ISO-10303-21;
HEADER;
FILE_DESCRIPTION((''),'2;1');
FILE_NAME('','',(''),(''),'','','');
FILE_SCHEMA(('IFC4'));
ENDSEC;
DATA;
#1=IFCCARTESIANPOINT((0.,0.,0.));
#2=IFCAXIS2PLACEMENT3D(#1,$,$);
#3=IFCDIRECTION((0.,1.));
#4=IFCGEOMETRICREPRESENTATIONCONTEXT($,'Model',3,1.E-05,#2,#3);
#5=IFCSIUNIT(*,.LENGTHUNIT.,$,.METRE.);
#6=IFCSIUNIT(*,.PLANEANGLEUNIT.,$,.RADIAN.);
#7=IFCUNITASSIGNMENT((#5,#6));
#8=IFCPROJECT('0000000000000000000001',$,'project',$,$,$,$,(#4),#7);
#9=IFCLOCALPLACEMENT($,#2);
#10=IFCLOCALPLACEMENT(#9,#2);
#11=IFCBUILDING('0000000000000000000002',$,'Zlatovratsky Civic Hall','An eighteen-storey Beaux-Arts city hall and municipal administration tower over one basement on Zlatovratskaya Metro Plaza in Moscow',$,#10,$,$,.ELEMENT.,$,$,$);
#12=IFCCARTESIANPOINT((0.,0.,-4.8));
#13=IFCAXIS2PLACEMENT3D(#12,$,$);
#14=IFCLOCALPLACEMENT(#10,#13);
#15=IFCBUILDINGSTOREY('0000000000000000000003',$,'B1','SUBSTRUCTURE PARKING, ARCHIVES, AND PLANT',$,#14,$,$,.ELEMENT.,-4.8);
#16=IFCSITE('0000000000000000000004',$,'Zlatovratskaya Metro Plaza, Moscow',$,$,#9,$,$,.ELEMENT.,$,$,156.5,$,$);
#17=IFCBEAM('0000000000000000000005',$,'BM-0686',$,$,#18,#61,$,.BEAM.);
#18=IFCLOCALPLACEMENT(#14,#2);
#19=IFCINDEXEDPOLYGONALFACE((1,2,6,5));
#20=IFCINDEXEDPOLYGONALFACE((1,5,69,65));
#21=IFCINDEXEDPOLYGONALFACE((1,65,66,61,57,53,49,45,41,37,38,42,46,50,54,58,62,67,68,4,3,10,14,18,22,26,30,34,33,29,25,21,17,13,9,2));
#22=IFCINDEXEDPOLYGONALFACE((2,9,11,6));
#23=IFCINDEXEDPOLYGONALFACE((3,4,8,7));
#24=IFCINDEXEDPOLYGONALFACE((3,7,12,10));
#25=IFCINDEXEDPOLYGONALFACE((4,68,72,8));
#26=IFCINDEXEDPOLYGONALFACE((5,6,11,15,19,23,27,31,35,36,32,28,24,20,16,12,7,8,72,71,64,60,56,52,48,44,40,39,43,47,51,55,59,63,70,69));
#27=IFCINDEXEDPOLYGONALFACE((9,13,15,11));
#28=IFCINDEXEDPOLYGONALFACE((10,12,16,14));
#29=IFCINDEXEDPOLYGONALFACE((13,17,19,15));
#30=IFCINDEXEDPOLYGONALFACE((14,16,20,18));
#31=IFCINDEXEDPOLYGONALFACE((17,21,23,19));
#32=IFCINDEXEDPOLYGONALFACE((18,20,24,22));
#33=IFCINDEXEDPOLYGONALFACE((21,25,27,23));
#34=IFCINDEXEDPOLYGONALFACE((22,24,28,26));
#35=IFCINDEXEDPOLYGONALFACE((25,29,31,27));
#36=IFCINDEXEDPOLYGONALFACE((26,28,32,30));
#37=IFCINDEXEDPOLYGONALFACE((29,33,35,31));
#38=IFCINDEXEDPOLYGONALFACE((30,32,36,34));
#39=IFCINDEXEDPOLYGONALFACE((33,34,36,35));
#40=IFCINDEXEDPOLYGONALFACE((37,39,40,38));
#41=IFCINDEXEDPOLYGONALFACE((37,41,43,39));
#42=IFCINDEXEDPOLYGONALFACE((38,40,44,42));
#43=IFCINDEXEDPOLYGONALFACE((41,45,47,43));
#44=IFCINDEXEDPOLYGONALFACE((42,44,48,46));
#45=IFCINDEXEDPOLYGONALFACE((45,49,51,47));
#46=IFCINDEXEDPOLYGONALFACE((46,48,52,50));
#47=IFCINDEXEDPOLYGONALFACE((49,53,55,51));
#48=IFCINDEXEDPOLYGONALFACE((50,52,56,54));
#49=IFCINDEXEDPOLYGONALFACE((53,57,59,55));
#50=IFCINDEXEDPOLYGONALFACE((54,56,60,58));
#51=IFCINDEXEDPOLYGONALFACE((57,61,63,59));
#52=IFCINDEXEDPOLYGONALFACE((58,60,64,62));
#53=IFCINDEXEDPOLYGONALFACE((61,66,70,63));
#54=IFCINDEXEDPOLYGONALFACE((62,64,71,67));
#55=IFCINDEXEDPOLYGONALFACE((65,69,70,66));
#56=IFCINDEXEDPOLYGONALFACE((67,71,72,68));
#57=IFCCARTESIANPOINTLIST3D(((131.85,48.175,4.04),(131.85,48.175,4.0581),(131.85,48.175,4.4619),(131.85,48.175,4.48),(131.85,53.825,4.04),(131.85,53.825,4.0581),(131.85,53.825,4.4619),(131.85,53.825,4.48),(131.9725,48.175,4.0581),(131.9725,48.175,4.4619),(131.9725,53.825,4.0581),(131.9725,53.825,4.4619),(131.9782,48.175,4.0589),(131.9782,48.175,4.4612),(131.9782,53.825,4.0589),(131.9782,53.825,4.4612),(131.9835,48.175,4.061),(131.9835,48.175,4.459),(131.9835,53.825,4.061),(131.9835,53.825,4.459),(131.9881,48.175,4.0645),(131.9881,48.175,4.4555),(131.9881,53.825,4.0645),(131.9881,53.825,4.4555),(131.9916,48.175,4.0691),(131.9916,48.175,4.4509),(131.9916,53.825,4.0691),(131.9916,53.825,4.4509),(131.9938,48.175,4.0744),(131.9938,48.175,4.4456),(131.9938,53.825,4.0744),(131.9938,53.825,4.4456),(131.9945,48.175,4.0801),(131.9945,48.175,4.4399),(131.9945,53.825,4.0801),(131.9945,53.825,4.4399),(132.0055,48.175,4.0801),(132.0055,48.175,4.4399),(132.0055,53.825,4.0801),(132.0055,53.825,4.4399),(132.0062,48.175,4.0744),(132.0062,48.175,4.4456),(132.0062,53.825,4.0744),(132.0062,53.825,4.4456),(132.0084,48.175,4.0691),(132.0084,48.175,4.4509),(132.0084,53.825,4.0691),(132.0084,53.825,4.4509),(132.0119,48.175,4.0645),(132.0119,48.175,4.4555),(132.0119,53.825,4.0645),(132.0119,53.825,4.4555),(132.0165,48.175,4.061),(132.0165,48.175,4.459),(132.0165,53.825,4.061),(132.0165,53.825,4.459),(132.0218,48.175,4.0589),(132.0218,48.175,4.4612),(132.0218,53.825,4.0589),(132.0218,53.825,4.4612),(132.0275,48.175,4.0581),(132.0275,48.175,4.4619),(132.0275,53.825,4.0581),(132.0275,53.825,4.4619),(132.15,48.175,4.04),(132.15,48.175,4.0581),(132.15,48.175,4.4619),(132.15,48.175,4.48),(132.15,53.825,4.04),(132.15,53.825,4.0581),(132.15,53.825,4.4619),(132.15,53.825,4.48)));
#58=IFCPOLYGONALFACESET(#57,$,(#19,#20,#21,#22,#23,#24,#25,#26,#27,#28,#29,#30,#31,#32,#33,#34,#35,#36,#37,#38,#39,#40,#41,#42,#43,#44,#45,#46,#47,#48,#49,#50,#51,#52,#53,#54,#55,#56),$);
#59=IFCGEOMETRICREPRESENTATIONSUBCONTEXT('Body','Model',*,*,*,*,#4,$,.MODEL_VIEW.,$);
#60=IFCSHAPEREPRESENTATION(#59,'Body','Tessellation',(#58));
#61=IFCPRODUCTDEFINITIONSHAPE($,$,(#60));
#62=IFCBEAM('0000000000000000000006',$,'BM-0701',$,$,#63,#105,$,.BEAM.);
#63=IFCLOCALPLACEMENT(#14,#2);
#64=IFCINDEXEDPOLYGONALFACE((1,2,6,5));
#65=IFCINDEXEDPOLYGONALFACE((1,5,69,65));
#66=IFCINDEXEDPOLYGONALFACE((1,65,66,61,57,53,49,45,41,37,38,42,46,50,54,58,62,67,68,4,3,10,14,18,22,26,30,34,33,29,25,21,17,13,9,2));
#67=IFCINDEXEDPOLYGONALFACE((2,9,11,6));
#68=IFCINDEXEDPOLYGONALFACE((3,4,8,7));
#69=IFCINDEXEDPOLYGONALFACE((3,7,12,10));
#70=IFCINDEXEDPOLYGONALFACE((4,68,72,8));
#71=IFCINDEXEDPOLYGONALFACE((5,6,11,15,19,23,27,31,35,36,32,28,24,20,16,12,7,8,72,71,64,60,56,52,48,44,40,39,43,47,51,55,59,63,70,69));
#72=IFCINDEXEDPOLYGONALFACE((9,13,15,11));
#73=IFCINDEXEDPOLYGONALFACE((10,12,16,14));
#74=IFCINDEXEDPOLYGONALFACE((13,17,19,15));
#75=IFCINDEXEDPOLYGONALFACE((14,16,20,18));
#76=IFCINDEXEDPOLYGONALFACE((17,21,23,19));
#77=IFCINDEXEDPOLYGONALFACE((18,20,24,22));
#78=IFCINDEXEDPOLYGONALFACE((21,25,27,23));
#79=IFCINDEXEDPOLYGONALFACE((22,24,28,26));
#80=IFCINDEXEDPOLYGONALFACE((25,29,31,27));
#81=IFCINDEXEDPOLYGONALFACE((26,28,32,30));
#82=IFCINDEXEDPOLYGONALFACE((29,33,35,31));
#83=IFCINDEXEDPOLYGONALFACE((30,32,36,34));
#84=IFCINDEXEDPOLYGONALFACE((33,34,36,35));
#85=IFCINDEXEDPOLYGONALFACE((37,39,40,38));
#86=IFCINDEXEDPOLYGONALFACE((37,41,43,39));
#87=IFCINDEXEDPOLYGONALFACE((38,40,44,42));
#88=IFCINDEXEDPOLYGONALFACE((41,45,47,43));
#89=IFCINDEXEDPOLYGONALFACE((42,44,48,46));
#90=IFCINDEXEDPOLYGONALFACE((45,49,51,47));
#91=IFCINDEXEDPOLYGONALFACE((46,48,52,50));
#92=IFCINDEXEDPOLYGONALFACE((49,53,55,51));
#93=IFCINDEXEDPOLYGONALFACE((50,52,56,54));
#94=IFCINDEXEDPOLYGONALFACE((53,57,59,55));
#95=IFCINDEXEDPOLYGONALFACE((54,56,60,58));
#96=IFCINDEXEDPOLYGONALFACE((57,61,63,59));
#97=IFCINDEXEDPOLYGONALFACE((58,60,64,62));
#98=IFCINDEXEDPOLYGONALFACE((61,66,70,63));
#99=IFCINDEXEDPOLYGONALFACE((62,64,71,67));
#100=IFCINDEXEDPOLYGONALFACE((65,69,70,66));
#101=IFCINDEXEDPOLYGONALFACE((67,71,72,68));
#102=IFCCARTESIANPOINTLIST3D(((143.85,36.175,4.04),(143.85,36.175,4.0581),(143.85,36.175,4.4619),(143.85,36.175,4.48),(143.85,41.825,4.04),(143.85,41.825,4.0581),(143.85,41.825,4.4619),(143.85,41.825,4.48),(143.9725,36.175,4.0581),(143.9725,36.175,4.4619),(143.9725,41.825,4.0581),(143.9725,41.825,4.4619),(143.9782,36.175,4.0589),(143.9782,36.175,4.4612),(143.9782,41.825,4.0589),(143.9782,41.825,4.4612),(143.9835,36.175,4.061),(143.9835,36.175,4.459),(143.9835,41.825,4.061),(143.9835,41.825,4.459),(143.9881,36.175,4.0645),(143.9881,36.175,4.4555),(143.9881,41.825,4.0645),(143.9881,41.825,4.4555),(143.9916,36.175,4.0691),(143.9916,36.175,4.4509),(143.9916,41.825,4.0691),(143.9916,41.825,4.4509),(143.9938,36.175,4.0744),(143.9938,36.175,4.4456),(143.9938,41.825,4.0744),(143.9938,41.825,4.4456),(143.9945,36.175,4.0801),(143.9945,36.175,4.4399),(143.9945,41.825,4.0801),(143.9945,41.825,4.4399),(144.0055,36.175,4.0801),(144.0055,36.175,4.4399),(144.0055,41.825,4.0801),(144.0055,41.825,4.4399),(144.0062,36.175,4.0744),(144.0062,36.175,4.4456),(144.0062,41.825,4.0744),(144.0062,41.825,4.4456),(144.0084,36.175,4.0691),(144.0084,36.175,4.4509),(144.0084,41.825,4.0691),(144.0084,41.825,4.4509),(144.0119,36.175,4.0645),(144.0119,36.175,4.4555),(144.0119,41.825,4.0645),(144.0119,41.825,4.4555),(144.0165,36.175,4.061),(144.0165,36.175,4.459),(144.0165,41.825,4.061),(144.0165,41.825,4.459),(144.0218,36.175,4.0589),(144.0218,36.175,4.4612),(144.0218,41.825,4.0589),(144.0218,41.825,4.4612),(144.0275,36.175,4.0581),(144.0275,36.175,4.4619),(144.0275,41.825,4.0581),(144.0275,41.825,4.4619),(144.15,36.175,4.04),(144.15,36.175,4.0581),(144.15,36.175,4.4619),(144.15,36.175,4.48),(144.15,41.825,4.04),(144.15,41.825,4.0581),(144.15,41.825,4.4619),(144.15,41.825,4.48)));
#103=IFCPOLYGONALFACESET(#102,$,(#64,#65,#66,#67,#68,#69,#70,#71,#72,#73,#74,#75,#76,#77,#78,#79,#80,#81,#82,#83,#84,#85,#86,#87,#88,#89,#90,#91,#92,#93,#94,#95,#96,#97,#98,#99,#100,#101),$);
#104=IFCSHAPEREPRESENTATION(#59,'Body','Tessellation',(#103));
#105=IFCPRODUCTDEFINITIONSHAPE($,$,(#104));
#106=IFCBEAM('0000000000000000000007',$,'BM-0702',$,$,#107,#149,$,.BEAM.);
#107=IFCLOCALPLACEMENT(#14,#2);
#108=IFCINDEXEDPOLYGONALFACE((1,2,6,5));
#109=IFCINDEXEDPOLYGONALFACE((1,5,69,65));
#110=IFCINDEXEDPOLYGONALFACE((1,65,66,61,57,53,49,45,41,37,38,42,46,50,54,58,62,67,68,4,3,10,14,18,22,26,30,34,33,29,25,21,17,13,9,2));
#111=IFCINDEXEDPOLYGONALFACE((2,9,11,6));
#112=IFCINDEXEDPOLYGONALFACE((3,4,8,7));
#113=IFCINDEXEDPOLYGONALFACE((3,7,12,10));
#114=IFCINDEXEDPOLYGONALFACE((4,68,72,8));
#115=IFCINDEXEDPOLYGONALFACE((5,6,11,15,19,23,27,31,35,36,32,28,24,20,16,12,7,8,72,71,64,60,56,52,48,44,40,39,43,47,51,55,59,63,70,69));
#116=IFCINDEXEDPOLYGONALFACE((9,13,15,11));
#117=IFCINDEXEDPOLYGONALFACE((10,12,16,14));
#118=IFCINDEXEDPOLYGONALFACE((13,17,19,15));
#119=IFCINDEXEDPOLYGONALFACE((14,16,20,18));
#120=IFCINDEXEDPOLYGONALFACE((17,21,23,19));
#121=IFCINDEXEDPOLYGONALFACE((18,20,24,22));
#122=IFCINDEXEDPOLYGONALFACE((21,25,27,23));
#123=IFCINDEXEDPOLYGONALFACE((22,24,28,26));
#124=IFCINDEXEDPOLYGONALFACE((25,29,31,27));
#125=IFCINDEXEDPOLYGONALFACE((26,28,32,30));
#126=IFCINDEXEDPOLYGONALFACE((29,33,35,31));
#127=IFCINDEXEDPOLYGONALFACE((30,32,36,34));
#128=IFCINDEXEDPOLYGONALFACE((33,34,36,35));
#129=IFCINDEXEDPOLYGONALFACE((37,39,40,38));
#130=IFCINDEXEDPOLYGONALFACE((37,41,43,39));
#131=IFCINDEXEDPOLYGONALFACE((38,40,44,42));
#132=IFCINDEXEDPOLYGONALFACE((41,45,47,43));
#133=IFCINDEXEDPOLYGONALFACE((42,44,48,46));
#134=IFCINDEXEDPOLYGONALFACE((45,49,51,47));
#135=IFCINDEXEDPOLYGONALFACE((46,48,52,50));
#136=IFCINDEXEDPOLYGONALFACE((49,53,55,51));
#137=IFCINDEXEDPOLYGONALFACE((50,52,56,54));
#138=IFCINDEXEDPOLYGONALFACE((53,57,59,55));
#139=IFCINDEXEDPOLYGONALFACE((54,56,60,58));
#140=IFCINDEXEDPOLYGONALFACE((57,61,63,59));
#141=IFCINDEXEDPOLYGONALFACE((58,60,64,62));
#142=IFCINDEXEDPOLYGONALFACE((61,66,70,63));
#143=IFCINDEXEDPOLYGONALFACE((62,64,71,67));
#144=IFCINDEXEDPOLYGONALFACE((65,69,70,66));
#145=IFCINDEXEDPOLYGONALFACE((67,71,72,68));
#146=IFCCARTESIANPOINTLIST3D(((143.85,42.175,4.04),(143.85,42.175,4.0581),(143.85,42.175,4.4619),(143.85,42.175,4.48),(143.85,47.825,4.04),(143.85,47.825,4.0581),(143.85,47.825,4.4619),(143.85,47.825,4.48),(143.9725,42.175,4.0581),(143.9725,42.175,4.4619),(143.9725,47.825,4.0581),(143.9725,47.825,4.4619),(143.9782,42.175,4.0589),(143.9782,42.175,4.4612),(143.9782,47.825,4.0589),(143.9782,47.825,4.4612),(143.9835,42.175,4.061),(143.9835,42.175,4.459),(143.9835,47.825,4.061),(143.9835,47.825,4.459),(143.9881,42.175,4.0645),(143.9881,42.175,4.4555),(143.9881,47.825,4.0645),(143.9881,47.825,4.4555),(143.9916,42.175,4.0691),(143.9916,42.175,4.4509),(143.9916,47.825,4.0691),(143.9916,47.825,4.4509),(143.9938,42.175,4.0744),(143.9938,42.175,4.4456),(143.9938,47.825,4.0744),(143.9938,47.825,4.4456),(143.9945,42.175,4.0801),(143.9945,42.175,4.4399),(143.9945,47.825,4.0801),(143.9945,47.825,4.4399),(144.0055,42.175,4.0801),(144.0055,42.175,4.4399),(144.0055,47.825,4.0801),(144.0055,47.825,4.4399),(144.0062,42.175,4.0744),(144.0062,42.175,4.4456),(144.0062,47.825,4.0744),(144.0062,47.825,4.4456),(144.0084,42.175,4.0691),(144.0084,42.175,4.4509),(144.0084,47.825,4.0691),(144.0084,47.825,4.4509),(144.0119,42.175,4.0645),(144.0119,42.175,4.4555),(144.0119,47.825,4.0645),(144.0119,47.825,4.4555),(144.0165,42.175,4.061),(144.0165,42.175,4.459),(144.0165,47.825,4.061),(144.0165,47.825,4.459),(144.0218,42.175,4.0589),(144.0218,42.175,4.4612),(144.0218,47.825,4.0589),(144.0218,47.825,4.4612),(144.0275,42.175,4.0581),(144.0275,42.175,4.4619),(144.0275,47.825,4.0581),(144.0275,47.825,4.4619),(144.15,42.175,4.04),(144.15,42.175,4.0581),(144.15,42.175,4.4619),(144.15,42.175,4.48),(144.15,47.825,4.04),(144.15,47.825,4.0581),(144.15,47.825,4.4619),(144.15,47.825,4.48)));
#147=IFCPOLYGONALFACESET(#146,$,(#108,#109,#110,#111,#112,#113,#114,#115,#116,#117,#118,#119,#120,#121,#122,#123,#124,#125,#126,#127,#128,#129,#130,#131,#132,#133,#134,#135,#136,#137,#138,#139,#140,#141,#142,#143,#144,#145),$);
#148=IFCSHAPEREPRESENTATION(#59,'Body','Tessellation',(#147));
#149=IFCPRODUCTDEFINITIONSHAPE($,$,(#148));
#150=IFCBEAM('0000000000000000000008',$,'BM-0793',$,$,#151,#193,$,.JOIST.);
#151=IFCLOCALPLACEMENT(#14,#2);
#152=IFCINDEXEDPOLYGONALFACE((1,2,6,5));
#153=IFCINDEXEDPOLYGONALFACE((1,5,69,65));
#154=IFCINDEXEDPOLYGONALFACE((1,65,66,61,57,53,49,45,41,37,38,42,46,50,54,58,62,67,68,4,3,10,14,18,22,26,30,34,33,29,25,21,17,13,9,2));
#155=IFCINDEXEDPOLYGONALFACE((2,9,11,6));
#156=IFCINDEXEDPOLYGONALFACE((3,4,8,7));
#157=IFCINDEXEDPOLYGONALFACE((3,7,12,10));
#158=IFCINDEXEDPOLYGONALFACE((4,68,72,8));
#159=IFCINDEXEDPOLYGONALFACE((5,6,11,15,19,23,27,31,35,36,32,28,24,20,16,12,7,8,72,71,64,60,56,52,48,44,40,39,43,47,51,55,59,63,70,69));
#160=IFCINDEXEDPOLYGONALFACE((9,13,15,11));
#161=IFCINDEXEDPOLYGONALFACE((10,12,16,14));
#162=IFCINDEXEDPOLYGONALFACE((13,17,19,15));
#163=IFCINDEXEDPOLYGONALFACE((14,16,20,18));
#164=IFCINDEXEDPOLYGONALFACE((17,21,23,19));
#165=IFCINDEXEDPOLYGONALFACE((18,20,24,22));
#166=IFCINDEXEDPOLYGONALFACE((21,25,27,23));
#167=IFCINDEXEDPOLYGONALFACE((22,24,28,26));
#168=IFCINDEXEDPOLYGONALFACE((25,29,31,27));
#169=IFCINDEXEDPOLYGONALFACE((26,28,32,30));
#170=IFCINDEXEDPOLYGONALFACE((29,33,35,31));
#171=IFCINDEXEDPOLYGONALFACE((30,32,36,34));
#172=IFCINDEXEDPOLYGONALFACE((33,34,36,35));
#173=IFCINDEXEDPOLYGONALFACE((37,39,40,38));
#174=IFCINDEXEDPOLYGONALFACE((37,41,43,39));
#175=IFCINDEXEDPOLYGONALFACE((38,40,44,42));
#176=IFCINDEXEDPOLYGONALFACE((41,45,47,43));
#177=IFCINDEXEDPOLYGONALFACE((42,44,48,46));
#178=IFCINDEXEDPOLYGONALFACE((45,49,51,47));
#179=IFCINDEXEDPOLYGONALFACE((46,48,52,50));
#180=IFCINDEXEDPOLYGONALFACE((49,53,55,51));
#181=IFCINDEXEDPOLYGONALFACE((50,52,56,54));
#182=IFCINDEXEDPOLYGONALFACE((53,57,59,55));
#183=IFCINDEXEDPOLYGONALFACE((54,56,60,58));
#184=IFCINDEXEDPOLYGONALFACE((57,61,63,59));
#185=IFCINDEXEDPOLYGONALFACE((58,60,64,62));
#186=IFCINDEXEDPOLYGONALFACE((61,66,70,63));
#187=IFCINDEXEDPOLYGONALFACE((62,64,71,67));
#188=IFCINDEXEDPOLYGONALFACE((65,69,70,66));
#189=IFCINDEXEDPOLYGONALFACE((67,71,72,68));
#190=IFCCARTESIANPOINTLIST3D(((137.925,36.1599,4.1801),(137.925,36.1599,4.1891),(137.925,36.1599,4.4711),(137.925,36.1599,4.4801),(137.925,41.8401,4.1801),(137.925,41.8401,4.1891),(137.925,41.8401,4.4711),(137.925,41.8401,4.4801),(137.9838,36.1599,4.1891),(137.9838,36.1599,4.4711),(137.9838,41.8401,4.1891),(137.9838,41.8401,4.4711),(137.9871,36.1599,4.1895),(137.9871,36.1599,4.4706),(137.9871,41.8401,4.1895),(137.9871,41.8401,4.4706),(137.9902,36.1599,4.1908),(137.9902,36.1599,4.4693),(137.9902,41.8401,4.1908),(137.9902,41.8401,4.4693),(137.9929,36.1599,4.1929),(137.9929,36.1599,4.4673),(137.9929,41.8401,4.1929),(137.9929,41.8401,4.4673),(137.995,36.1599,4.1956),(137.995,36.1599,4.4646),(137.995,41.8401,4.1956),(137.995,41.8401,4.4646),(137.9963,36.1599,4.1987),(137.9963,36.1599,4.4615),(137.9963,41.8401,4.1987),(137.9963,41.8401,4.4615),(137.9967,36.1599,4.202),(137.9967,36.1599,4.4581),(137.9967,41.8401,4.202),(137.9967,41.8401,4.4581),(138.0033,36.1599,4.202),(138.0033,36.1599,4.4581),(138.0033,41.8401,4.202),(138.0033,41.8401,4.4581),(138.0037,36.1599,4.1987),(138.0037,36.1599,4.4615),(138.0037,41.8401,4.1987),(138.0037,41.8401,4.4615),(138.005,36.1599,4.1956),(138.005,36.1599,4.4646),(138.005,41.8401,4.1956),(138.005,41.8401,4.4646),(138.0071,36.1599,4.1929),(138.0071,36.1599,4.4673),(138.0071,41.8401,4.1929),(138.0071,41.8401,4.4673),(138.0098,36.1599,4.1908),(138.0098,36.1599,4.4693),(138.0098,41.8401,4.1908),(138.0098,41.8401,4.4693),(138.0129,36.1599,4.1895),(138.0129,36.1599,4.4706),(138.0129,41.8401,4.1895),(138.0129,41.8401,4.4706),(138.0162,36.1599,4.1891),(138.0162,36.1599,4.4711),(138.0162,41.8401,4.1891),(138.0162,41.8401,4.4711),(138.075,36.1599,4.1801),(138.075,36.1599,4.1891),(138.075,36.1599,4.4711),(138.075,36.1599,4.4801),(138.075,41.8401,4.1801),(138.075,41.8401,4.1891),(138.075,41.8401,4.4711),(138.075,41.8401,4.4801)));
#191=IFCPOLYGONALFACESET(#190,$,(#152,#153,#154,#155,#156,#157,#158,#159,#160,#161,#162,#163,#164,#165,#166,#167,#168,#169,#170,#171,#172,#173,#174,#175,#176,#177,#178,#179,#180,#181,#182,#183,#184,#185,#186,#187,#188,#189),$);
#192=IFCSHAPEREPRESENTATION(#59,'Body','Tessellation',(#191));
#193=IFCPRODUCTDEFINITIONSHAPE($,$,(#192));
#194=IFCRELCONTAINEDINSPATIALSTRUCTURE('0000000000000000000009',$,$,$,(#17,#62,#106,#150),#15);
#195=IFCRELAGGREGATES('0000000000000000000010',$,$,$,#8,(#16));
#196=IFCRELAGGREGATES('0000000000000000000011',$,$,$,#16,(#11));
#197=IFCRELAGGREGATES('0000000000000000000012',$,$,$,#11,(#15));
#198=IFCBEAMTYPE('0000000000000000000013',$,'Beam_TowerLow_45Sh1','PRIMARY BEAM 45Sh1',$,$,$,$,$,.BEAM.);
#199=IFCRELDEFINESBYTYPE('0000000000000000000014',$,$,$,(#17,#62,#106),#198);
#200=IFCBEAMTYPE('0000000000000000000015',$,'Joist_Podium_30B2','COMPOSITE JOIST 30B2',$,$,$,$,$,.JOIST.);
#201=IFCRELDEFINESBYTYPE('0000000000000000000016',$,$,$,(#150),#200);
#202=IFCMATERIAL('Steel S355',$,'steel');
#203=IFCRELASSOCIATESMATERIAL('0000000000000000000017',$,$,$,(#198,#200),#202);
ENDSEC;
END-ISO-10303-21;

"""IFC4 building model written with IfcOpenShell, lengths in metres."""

from ifc_helpers import new_model, si_unit, direction, frame, origin, origin_2d, place, context, subcontext, project, spatial, i_section, extrude, material, material_profile, profile_set, type_object, element, save


model = new_model("IFC4")

# Units and contexts
model_context = context("Model", 3, precision=1e-05, world=origin(), true_north=direction((0.0, 1.0)))
body_context = subcontext(model_context, "Body", "Model", "MODEL_VIEW")
ifc_project = project(units=[si_unit("LENGTHUNIT", "METRE"), si_unit("PLANEANGLEUNIT", "RADIAN")], contexts=[model_context])

# Site, building, storey
site_placement = place(None, origin())
site = spatial("IfcSite", under=ifc_project, at=site_placement, Name="Zlatovratskaya Metro Plaza, Moscow", CompositionType="ELEMENT", RefElevation=156.5)
building_placement = place(site_placement, origin())
building = spatial("IfcBuilding", under=site, at=building_placement, Name="Zlatovratsky Civic Hall", Description="An eighteen-storey Beaux-Arts city hall and municipal administration tower over one basement on Zlatovratskaya Metro Plaza in Moscow", CompositionType="ELEMENT")
storey_placement = place(building_placement, frame((0.0, 0.0, -4.8)))
storey = spatial("IfcBuildingStorey", under=building, at=storey_placement, Name="B1", Description="SUBSTRUCTURE PARKING, ARCHIVES, AND PLANT", CompositionType="ELEMENT", Elevation=-4.8)

# Shared definitions
ifc_material_1 = material(Name="Steel S355", Category="steel")

# Beams
ifc_material_profile_1 = material_profile(ifc_material_1, i_section(OverallWidth=0.3, OverallDepth=0.4399, WebThickness=0.011, FlangeThickness=0.0181, FilletRadius=0.022, at=origin_2d()), Name="45Sh1")
ifc_profile_set_1 = profile_set([ifc_material_profile_1], Name="Steel S355")
beam_type_1 = type_object("IfcBeamType", Name="Beam_TowerLow_45Sh1", Description="PRIMARY BEAM 45Sh1", PredefinedType="BEAM", material=ifc_profile_set_1)
for number, where, z_axis, x_axis, name in (
    (1, (132.0, 48.175, 4.26), (0.0, 1.0, 0.0), (-1.0, 0.0, 0.0), "BM-0686"),
    (2, (144.0, 36.175, 4.26), (0.0, 1.0, 0.0), (-1.0, 0.0, 0.0), "BM-0701"),
    (3, (144.0, 42.175, 4.26), (0.0, 1.0, 0.0), (-1.0, 0.0, 0.0), "BM-0702"),
):
    element("IfcBeam", number, at=place(storey_placement, frame(where, z_axis=z_axis, x_axis=x_axis)), inside=storey, type_object=beam_type_1, Name=name, PredefinedType="BEAM", context=body_context, shape_type="SweptSolid", body=[
        extrude(i_section(OverallWidth=0.3, OverallDepth=0.4399, WebThickness=0.011, FlangeThickness=0.0181, FilletRadius=0.022, at=origin_2d()), origin(), (0.0, 0.0, 1.0), 5.6499),
    ])
ifc_material_profile_2 = material_profile(ifc_material_1, i_section(OverallWidth=0.1499, OverallDepth=0.3, WebThickness=0.0066, FlangeThickness=0.009, FilletRadius=0.0129, at=origin_2d()), Name="30B2")
ifc_profile_set_2 = profile_set([ifc_material_profile_2], Name="Steel S355")
beam_type_2 = type_object("IfcBeamType", Name="Joist_Podium_30B2", Description="COMPOSITE JOIST 30B2", PredefinedType="JOIST", material=ifc_profile_set_2)
for number, where, z_axis, x_axis, name in (
    (4, (138.0, 36.1599, 4.3301), (0.0, 1.0, 0.0), (-1.0, 0.0, 0.0), "BM-0793"),
):
    element("IfcBeam", number, at=place(storey_placement, frame(where, z_axis=z_axis, x_axis=x_axis)), inside=storey, type_object=beam_type_2, Name=name, PredefinedType="JOIST", context=body_context, shape_type="SweptSolid", body=[
        extrude(i_section(OverallWidth=0.1499, OverallDepth=0.3, WebThickness=0.0066, FlangeThickness=0.009, FilletRadius=0.0129, at=origin_2d()), origin(), (0.0, 0.0, 1.0), 5.6802),
    ])

save(model, "model.ifc")
